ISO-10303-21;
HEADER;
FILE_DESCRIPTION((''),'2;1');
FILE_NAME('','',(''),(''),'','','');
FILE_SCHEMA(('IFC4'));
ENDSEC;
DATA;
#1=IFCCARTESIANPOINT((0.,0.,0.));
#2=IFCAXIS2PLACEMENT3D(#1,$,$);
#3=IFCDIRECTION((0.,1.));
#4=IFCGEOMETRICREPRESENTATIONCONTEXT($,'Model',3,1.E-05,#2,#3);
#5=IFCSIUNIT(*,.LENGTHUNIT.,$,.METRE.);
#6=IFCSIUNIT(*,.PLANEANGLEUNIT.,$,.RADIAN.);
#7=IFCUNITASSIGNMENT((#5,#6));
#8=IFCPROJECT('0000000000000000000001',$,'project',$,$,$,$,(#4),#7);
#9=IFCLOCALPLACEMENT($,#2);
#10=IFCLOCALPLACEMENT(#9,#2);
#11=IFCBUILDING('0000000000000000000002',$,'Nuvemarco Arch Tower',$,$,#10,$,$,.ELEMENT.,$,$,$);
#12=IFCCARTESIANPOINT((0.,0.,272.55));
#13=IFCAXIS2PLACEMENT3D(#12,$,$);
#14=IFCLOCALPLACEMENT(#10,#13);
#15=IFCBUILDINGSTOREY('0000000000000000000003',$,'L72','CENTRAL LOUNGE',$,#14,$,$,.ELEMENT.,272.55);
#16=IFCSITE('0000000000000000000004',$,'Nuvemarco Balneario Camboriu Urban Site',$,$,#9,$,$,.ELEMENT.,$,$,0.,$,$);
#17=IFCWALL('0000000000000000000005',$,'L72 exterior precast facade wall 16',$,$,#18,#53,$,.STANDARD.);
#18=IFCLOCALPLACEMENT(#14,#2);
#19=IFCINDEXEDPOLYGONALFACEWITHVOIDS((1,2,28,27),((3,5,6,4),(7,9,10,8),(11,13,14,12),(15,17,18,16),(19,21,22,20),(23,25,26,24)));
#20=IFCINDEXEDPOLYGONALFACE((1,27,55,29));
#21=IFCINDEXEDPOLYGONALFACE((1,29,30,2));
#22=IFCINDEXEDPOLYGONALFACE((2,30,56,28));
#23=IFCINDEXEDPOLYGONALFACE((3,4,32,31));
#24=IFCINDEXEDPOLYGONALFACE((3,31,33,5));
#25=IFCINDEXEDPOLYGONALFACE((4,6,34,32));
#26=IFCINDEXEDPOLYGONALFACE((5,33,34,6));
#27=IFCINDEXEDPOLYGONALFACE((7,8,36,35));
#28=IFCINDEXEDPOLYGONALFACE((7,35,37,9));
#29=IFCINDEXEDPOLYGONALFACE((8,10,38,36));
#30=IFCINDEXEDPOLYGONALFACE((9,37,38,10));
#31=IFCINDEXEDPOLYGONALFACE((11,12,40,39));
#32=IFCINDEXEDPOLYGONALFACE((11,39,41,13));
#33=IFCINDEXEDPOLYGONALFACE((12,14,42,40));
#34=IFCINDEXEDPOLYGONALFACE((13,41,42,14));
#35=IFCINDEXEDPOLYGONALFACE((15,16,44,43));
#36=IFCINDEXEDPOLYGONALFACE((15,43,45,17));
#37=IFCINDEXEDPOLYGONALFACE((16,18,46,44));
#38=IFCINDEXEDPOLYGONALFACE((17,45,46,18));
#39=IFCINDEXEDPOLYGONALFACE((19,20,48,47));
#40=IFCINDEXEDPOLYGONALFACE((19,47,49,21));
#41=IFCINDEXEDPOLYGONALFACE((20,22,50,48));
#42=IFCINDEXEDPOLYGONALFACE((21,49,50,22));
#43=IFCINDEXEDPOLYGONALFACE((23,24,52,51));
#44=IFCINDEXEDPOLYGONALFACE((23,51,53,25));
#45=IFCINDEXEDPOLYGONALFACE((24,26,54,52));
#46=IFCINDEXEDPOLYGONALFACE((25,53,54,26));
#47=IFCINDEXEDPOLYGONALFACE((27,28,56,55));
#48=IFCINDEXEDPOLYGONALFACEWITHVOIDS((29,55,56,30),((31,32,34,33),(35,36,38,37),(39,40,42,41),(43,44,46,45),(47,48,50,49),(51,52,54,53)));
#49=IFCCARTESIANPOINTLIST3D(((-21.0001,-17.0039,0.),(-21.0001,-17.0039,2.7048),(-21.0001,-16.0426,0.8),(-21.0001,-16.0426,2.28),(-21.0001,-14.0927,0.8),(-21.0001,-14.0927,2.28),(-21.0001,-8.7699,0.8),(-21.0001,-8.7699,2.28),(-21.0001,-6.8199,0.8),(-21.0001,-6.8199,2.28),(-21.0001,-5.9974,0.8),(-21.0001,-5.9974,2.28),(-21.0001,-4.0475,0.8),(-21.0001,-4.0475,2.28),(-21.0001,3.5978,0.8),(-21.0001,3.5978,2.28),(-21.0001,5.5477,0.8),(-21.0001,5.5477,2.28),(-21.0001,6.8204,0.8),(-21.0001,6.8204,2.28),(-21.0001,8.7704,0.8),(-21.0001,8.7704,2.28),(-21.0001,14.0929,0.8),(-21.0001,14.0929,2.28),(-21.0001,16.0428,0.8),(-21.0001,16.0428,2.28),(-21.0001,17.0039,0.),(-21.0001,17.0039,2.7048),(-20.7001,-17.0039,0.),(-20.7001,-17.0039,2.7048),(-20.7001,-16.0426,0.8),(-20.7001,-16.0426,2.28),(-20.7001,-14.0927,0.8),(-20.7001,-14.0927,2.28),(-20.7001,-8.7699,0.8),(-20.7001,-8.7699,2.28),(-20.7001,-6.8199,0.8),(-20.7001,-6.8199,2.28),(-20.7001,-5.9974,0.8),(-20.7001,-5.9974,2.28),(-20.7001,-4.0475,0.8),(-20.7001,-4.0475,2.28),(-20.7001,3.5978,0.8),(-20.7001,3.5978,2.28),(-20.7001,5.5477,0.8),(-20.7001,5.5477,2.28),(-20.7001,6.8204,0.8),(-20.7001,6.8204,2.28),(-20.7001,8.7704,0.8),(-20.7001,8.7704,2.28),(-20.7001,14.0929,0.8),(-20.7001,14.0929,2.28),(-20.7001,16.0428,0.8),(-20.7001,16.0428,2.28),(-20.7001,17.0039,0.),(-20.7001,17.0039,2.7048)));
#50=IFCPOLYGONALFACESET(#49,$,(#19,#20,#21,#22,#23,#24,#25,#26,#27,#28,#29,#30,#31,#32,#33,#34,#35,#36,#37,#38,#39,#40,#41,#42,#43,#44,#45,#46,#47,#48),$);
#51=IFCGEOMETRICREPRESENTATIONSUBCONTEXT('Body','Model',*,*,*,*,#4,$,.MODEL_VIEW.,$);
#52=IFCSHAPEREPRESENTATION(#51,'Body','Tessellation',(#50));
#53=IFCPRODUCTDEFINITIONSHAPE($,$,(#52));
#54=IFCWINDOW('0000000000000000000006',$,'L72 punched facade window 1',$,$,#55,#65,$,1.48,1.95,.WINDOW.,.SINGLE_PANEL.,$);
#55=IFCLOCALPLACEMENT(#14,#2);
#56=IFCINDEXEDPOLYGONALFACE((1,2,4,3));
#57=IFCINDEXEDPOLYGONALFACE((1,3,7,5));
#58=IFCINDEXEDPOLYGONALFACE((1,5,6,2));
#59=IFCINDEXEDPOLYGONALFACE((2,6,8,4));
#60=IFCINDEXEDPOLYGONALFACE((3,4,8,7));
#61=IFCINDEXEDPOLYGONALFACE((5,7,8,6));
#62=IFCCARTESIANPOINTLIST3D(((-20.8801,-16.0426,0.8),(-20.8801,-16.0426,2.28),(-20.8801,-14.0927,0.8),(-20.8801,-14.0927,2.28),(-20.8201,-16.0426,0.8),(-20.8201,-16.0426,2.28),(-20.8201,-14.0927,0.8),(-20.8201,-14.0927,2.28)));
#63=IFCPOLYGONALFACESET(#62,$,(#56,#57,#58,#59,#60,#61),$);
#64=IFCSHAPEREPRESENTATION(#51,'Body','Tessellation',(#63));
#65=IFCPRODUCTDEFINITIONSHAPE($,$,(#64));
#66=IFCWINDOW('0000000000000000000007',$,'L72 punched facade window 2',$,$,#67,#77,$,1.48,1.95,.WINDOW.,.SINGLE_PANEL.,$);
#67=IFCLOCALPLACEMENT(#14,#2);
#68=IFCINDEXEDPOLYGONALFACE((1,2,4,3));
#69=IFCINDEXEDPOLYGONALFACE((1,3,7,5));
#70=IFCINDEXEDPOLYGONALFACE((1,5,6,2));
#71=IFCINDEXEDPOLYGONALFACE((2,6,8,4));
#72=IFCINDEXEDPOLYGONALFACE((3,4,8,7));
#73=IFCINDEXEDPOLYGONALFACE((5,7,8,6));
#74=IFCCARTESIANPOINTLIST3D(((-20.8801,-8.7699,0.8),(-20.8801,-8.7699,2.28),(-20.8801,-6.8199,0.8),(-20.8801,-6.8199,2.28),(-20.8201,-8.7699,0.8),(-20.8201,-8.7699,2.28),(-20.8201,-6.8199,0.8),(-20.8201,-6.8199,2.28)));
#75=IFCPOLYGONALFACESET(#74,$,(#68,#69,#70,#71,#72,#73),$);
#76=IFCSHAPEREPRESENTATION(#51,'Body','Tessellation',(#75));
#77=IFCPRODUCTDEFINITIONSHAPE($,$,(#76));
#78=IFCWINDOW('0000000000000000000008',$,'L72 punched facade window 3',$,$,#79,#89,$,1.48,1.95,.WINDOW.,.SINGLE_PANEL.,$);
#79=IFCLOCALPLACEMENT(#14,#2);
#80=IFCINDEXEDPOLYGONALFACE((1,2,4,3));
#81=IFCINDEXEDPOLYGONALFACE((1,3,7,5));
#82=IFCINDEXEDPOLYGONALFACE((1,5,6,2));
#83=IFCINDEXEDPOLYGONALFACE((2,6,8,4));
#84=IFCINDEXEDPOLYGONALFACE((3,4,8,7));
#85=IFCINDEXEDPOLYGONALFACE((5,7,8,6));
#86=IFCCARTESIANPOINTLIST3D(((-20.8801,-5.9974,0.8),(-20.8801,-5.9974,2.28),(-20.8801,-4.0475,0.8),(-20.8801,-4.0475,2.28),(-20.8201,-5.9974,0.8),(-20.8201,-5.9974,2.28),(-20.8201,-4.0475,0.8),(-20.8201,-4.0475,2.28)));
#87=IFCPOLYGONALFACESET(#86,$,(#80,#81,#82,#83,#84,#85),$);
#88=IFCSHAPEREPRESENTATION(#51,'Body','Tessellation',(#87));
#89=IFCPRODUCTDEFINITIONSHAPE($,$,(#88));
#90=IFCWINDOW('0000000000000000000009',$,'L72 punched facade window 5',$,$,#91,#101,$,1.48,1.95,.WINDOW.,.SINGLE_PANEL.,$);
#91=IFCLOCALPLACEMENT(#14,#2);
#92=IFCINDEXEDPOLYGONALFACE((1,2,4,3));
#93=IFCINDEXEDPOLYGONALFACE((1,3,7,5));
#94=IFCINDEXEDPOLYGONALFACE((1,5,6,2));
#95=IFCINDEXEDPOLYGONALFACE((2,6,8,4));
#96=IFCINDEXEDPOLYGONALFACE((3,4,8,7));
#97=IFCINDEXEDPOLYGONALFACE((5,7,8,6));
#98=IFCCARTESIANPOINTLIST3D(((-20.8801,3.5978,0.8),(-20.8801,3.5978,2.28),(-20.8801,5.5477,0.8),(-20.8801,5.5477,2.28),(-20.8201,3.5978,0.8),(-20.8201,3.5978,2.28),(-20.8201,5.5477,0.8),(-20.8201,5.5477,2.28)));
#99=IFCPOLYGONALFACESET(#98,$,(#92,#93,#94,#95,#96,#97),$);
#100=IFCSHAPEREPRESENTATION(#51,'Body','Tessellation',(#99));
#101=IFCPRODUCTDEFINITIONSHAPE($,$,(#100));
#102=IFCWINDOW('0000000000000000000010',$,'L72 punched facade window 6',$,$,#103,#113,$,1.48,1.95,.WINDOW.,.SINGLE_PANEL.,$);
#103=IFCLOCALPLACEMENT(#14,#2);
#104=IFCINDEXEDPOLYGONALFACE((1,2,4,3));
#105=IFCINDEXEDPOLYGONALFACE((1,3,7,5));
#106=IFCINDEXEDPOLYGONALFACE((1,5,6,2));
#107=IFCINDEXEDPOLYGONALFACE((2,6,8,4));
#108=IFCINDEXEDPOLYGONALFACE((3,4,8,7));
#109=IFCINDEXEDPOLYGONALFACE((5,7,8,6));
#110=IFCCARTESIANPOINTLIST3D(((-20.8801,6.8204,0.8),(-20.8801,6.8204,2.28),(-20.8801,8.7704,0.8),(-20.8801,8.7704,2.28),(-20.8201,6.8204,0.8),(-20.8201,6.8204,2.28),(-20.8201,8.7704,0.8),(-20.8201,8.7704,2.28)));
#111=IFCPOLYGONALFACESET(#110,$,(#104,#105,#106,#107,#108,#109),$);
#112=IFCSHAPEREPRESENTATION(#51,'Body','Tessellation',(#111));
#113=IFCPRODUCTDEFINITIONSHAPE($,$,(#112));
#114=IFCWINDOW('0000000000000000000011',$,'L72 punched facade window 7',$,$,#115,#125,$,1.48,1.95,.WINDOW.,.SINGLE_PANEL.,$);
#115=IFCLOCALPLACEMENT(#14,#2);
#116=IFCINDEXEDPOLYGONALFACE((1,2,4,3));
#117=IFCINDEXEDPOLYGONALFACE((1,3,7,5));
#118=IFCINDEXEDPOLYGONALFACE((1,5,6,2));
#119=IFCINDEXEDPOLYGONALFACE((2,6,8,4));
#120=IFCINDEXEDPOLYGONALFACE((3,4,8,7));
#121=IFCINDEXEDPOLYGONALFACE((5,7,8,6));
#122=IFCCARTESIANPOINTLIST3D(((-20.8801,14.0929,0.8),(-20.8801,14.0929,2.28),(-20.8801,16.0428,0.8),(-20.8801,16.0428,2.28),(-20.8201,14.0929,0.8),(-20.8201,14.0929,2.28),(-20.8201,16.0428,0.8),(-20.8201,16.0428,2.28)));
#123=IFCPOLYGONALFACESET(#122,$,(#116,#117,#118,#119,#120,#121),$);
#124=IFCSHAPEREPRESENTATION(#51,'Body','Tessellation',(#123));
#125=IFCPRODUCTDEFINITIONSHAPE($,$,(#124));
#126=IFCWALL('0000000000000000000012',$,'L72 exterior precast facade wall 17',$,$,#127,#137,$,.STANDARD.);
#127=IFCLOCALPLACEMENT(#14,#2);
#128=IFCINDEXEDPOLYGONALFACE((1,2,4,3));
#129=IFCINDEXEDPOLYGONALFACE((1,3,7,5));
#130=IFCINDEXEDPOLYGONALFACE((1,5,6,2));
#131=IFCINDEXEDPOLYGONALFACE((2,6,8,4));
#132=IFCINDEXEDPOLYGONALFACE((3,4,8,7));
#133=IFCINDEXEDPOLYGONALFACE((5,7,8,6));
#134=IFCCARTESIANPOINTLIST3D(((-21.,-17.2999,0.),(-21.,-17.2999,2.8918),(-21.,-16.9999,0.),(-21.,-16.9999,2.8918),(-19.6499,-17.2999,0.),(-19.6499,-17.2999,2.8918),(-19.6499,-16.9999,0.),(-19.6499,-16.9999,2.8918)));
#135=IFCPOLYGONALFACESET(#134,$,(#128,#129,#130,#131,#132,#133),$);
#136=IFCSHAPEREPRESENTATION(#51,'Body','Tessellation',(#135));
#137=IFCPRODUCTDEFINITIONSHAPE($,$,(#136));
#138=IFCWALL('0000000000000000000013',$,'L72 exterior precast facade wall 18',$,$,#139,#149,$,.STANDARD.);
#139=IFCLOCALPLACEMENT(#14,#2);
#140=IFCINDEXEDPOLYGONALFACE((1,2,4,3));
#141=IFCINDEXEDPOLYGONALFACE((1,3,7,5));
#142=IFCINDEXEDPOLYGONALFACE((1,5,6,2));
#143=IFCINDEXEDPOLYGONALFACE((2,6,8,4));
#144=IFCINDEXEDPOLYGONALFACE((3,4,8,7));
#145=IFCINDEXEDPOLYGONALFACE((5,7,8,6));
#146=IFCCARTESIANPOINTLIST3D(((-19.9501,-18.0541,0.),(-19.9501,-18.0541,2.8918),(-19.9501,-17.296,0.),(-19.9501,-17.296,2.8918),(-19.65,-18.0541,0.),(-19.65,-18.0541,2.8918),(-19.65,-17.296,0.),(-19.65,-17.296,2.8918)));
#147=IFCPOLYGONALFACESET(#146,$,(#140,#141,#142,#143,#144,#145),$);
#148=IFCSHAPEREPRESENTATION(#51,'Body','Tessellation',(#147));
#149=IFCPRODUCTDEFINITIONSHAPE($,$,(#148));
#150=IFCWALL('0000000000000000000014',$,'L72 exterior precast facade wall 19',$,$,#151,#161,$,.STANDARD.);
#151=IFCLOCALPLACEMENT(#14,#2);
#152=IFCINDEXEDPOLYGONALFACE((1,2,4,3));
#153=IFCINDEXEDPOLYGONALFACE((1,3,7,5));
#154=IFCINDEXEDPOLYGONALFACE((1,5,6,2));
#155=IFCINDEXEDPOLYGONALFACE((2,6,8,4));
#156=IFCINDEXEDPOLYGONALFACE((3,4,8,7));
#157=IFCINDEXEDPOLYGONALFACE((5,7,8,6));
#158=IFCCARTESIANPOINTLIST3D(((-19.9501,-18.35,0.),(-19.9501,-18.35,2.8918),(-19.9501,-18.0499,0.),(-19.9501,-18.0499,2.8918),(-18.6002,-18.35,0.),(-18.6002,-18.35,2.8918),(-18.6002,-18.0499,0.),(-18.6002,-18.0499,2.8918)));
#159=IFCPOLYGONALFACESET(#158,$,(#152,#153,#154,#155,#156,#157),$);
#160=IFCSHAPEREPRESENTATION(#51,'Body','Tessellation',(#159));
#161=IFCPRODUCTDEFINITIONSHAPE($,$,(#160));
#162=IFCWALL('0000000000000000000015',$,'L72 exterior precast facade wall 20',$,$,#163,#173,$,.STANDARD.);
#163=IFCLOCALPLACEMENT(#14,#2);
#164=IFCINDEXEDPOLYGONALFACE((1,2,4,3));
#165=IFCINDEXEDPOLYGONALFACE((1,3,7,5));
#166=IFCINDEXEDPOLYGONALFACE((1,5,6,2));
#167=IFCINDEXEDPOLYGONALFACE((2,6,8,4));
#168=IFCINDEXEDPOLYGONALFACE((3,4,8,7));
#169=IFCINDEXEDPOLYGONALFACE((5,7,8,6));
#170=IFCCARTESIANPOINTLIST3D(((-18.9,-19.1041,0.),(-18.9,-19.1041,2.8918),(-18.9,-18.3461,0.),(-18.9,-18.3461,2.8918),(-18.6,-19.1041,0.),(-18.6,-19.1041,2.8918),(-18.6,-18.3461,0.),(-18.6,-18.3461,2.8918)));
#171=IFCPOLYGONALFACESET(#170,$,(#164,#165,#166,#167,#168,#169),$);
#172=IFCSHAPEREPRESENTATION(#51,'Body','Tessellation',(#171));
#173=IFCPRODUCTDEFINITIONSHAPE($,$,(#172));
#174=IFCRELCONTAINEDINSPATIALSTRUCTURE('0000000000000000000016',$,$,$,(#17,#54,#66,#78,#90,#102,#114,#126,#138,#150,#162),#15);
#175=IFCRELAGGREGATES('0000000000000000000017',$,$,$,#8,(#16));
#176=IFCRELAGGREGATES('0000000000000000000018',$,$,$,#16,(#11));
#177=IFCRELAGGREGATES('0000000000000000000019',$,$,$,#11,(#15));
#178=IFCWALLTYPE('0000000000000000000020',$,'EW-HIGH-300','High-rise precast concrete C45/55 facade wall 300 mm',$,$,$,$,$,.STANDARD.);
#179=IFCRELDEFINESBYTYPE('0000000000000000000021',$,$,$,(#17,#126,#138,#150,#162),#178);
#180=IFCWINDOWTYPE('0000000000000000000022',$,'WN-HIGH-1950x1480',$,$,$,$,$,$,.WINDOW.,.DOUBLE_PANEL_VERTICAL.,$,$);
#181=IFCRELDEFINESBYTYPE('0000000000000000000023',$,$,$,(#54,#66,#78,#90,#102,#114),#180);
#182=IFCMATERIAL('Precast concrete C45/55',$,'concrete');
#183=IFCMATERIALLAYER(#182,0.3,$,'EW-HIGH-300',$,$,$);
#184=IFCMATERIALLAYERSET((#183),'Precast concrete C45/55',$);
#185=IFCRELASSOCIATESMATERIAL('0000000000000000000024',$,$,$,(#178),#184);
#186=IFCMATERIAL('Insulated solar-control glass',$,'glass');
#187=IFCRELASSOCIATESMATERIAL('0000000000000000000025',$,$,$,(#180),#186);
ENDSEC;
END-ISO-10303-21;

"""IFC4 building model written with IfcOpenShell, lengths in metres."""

from ifc_helpers import new_model, si_unit, direction, frame, frame_2d, origin, place, context, subcontext, project, spatial, rectangle, extrude, source, transform, mapped, material, layer, layer_set, type_object, type_shapes, element, fill, save


model = new_model("IFC4")

# Units and contexts
model_context = context("Model", 3, precision=1e-05, world=origin(), true_north=direction((0.0, 1.0)))
body_context = subcontext(model_context, "Body", "Model", "MODEL_VIEW")
ifc_project = project(units=[si_unit("LENGTHUNIT", "METRE"), si_unit("PLANEANGLEUNIT", "RADIAN")], contexts=[model_context])

# Site, building, storey
site_placement = place(None, origin())
site = spatial("IfcSite", under=ifc_project, at=site_placement, Name="Nuvemarco Balneario Camboriu Urban Site", CompositionType="ELEMENT", RefElevation=0.0)
building_placement = place(site_placement, origin())
building = spatial("IfcBuilding", under=site, at=building_placement, Name="Nuvemarco Arch Tower", CompositionType="ELEMENT")
storey_placement = place(building_placement, frame((0.0, 0.0, 272.55)))
storey = spatial("IfcBuildingStorey", under=building, at=storey_placement, Name="L72", Description="CENTRAL LOUNGE", CompositionType="ELEMENT", Elevation=272.55)

# Shared definitions
ifc_material_1 = material(Name="Precast concrete C45/55", Category="concrete")

# Wall, openings, windows
ifc_layer = layer(ifc_material_1, 0.3, Name="EW-HIGH-300")
ifc_layer_set = layer_set([ifc_layer], Name="Precast concrete C45/55")
wall_type = type_object("IfcWallType", Name="EW-HIGH-300", Description="High-rise precast concrete C45/55 facade wall 300 mm", PredefinedType="STANDARD", material=ifc_layer_set)
ifc_material_2 = material(Name="Insulated solar-control glass", Category="glass")
wall_1_placement = place(storey_placement, frame((-20.8501, -17.0039, 0.0), z_axis=(0.0, 0.0, 1.0), x_axis=(0.0, 1.0, 0.0)))
wall_1 = element("IfcWall", 1, at=wall_1_placement, inside=storey, type_object=wall_type, Name="L72 exterior precast facade wall 16", PredefinedType="STANDARD", context=body_context, shape_type="SweptSolid", body=[
    extrude(rectangle(XDim=34.0078, YDim=0.3, at=frame_2d((17.0039, 0.0))), origin(), (0.0, 0.0, 1.0), 2.7048),
])
opening_1_placement = place(wall_1_placement, frame((0.9612, 0.0, 0.8)))
opening_1 = element("IfcOpeningElement", 2, at=opening_1_placement, cuts=wall_1, PredefinedType="OPENING", context=body_context, shape_type="SweptSolid", body=[
    extrude(rectangle(XDim=1.95, YDim=1.48, at=frame_2d((0.9751, 0.74))), frame((0.0, 0.1599, 0.0), z_axis=(0.0, -1.0, 0.0), x_axis=(1.0, 0.0, 0.0)), (0.0, 0.0, 1.0), 0.3201),
])
opening_2_placement = place(wall_1_placement, frame((8.2339, 0.0, 0.8)))
opening_2 = element("IfcOpeningElement", 3, at=opening_2_placement, cuts=wall_1, PredefinedType="OPENING", context=body_context, shape_type="SweptSolid", body=[
    extrude(rectangle(XDim=1.95, YDim=1.48, at=frame_2d((0.9751, 0.74))), frame((0.0, 0.1599, 0.0), z_axis=(0.0, -1.0, 0.0), x_axis=(1.0, 0.0, 0.0)), (0.0, 0.0, 1.0), 0.3201),
])
opening_3_placement = place(wall_1_placement, frame((11.0063, 0.0, 0.8)))
opening_3 = element("IfcOpeningElement", 4, at=opening_3_placement, cuts=wall_1, PredefinedType="OPENING", context=body_context, shape_type="SweptSolid", body=[
    extrude(rectangle(XDim=1.95, YDim=1.48, at=frame_2d((0.9751, 0.74))), frame((0.0, 0.1599, 0.0), z_axis=(0.0, -1.0, 0.0), x_axis=(1.0, 0.0, 0.0)), (0.0, 0.0, 1.0), 0.3201),
])
opening_4_placement = place(wall_1_placement, frame((20.6016, 0.0, 0.8)))
opening_4 = element("IfcOpeningElement", 5, at=opening_4_placement, cuts=wall_1, PredefinedType="OPENING", context=body_context, shape_type="SweptSolid", body=[
    extrude(rectangle(XDim=1.95, YDim=1.48, at=frame_2d((0.9751, 0.74))), frame((0.0, 0.1599, 0.0), z_axis=(0.0, -1.0, 0.0), x_axis=(1.0, 0.0, 0.0)), (0.0, 0.0, 1.0), 0.3201),
])
opening_5_placement = place(wall_1_placement, frame((23.8242, 0.0, 0.8)))
opening_5 = element("IfcOpeningElement", 6, at=opening_5_placement, cuts=wall_1, PredefinedType="OPENING", context=body_context, shape_type="SweptSolid", body=[
    extrude(rectangle(XDim=1.95, YDim=1.48, at=frame_2d((0.9751, 0.74))), frame((0.0, 0.1599, 0.0), z_axis=(0.0, -1.0, 0.0), x_axis=(1.0, 0.0, 0.0)), (0.0, 0.0, 1.0), 0.3201),
])
opening_6_placement = place(wall_1_placement, frame((31.0967, 0.0, 0.8)))
opening_6 = element("IfcOpeningElement", 7, at=opening_6_placement, cuts=wall_1, PredefinedType="OPENING", context=body_context, shape_type="SweptSolid", body=[
    extrude(rectangle(XDim=1.95, YDim=1.48, at=frame_2d((0.9751, 0.74))), frame((0.0, 0.1599, 0.0), z_axis=(0.0, -1.0, 0.0), x_axis=(1.0, 0.0, 0.0)), (0.0, 0.0, 1.0), 0.3201),
])
window_type_1 = type_object("IfcWindowType", Name="WN-HIGH-1950x1480", PartitioningType="DOUBLE_PANEL_VERTICAL", PredefinedType="WINDOW", material=ifc_material_2)
shared_shape_1 = source(origin(), body_context, "Body", "SweptSolid", [
    extrude(rectangle(XDim=1.95, YDim=1.48, at=frame_2d((0.9751, 0.74))), frame((0.0, 0.03, 0.0), z_axis=(0.0, -1.0, 0.0), x_axis=(1.0, 0.0, 0.0)), (0.0, 0.0, 1.0), 0.0601),
])
type_shapes(window_type_1, [shared_shape_1])
window_1_placement = place(opening_1_placement, origin())
window_1 = element("IfcWindow", 8, at=window_1_placement, inside=storey, type_object=window_type_1, Name="L72 punched facade window 1", OverallHeight=1.48, OverallWidth=1.95, PartitioningType="SINGLE_PANEL", PredefinedType="WINDOW", context=body_context, shape_type="MappedRepresentation", body=[
    mapped(shared_shape_1, transform((0.0, 0.0, 0.0), scale=1.0)),
])
fill(opening_1, window_1)
window_2_placement = place(opening_2_placement, origin())
window_2 = element("IfcWindow", 9, at=window_2_placement, inside=storey, type_object=window_type_1, Name="L72 punched facade window 2", OverallHeight=1.48, OverallWidth=1.95, PartitioningType="SINGLE_PANEL", PredefinedType="WINDOW", context=body_context, shape_type="MappedRepresentation", body=[
    mapped(shared_shape_1, transform((0.0, 0.0, 0.0), scale=1.0)),
])
fill(opening_2, window_2)
window_3_placement = place(opening_3_placement, origin())
window_3 = element("IfcWindow", 10, at=window_3_placement, inside=storey, type_object=window_type_1, Name="L72 punched facade window 3", OverallHeight=1.48, OverallWidth=1.95, PartitioningType="SINGLE_PANEL", PredefinedType="WINDOW", context=body_context, shape_type="MappedRepresentation", body=[
    mapped(shared_shape_1, transform((0.0, 0.0, 0.0), scale=1.0)),
])
fill(opening_3, window_3)
window_4_placement = place(opening_4_placement, origin())
window_4 = element("IfcWindow", 11, at=window_4_placement, inside=storey, type_object=window_type_1, Name="L72 punched facade window 5", OverallHeight=1.48, OverallWidth=1.95, PartitioningType="SINGLE_PANEL", PredefinedType="WINDOW", context=body_context, shape_type="MappedRepresentation", body=[
    mapped(shared_shape_1, transform((0.0, 0.0, 0.0), scale=1.0)),
])
fill(opening_4, window_4)
window_5_placement = place(opening_5_placement, origin())
window_5 = element("IfcWindow", 12, at=window_5_placement, inside=storey, type_object=window_type_1, Name="L72 punched facade window 6", OverallHeight=1.48, OverallWidth=1.95, PartitioningType="SINGLE_PANEL", PredefinedType="WINDOW", context=body_context, shape_type="MappedRepresentation", body=[
    mapped(shared_shape_1, transform((0.0, 0.0, 0.0), scale=1.0)),
])
fill(opening_5, window_5)
window_6_placement = place(opening_6_placement, origin())
window_6 = element("IfcWindow", 13, at=window_6_placement, inside=storey, type_object=window_type_1, Name="L72 punched facade window 7", OverallHeight=1.48, OverallWidth=1.95, PartitioningType="SINGLE_PANEL", PredefinedType="WINDOW", context=body_context, shape_type="MappedRepresentation", body=[
    mapped(shared_shape_1, transform((0.0, 0.0, 0.0), scale=1.0)),
])
fill(opening_6, window_6)

# Walls
wall_2_placement = place(storey_placement, frame((-21.0, -17.1499, 0.0), z_axis=(0.0, 0.0, 1.0), x_axis=(1.0, 0.0, 0.0)))
element("IfcWall", 14, at=wall_2_placement, inside=storey, type_object=wall_type, Name="L72 exterior precast facade wall 17", PredefinedType="STANDARD", context=body_context, shape_type="SweptSolid", body=[
    extrude(rectangle(XDim=1.3501, YDim=0.3, at=frame_2d((0.675, 0.0))), origin(), (0.0, 0.0, 1.0), 2.8918),
])
wall_3_placement = place(storey_placement, frame((-19.8, -18.054, 0.0), z_axis=(0.0, 0.0, 1.0), x_axis=(0.0, 1.0, 0.0)))
element("IfcWall", 15, at=wall_3_placement, inside=storey, type_object=wall_type, Name="L72 exterior precast facade wall 18", PredefinedType="STANDARD", context=body_context, shape_type="SweptSolid", body=[
    extrude(rectangle(XDim=0.7581, YDim=0.3, at=frame_2d((0.3789, 0.0))), origin(), (0.0, 0.0, 1.0), 2.8918),
])
wall_4_placement = place(storey_placement, frame((-19.95, -18.2, 0.0), z_axis=(0.0, 0.0, 1.0), x_axis=(1.0, 0.0, 0.0)))
element("IfcWall", 16, at=wall_4_placement, inside=storey, type_object=wall_type, Name="L72 exterior precast facade wall 19", PredefinedType="STANDARD", context=body_context, shape_type="SweptSolid", body=[
    extrude(rectangle(XDim=1.3499, YDim=0.3, at=frame_2d((0.6748, 0.0))), origin(), (0.0, 0.0, 1.0), 2.8918),
])
wall_5_placement = place(storey_placement, frame((-18.75, -19.104, 0.0), z_axis=(0.0, 0.0, 1.0), x_axis=(0.0, 1.0, 0.0)))
element("IfcWall", 17, at=wall_5_placement, inside=storey, type_object=wall_type, Name="L72 exterior precast facade wall 20", PredefinedType="STANDARD", context=body_context, shape_type="SweptSolid", body=[
    extrude(rectangle(XDim=0.7581, YDim=0.3, at=frame_2d((0.3789, 0.0))), origin(), (0.0, 0.0, 1.0), 2.8918),
])

save(model, "model.ifc")
